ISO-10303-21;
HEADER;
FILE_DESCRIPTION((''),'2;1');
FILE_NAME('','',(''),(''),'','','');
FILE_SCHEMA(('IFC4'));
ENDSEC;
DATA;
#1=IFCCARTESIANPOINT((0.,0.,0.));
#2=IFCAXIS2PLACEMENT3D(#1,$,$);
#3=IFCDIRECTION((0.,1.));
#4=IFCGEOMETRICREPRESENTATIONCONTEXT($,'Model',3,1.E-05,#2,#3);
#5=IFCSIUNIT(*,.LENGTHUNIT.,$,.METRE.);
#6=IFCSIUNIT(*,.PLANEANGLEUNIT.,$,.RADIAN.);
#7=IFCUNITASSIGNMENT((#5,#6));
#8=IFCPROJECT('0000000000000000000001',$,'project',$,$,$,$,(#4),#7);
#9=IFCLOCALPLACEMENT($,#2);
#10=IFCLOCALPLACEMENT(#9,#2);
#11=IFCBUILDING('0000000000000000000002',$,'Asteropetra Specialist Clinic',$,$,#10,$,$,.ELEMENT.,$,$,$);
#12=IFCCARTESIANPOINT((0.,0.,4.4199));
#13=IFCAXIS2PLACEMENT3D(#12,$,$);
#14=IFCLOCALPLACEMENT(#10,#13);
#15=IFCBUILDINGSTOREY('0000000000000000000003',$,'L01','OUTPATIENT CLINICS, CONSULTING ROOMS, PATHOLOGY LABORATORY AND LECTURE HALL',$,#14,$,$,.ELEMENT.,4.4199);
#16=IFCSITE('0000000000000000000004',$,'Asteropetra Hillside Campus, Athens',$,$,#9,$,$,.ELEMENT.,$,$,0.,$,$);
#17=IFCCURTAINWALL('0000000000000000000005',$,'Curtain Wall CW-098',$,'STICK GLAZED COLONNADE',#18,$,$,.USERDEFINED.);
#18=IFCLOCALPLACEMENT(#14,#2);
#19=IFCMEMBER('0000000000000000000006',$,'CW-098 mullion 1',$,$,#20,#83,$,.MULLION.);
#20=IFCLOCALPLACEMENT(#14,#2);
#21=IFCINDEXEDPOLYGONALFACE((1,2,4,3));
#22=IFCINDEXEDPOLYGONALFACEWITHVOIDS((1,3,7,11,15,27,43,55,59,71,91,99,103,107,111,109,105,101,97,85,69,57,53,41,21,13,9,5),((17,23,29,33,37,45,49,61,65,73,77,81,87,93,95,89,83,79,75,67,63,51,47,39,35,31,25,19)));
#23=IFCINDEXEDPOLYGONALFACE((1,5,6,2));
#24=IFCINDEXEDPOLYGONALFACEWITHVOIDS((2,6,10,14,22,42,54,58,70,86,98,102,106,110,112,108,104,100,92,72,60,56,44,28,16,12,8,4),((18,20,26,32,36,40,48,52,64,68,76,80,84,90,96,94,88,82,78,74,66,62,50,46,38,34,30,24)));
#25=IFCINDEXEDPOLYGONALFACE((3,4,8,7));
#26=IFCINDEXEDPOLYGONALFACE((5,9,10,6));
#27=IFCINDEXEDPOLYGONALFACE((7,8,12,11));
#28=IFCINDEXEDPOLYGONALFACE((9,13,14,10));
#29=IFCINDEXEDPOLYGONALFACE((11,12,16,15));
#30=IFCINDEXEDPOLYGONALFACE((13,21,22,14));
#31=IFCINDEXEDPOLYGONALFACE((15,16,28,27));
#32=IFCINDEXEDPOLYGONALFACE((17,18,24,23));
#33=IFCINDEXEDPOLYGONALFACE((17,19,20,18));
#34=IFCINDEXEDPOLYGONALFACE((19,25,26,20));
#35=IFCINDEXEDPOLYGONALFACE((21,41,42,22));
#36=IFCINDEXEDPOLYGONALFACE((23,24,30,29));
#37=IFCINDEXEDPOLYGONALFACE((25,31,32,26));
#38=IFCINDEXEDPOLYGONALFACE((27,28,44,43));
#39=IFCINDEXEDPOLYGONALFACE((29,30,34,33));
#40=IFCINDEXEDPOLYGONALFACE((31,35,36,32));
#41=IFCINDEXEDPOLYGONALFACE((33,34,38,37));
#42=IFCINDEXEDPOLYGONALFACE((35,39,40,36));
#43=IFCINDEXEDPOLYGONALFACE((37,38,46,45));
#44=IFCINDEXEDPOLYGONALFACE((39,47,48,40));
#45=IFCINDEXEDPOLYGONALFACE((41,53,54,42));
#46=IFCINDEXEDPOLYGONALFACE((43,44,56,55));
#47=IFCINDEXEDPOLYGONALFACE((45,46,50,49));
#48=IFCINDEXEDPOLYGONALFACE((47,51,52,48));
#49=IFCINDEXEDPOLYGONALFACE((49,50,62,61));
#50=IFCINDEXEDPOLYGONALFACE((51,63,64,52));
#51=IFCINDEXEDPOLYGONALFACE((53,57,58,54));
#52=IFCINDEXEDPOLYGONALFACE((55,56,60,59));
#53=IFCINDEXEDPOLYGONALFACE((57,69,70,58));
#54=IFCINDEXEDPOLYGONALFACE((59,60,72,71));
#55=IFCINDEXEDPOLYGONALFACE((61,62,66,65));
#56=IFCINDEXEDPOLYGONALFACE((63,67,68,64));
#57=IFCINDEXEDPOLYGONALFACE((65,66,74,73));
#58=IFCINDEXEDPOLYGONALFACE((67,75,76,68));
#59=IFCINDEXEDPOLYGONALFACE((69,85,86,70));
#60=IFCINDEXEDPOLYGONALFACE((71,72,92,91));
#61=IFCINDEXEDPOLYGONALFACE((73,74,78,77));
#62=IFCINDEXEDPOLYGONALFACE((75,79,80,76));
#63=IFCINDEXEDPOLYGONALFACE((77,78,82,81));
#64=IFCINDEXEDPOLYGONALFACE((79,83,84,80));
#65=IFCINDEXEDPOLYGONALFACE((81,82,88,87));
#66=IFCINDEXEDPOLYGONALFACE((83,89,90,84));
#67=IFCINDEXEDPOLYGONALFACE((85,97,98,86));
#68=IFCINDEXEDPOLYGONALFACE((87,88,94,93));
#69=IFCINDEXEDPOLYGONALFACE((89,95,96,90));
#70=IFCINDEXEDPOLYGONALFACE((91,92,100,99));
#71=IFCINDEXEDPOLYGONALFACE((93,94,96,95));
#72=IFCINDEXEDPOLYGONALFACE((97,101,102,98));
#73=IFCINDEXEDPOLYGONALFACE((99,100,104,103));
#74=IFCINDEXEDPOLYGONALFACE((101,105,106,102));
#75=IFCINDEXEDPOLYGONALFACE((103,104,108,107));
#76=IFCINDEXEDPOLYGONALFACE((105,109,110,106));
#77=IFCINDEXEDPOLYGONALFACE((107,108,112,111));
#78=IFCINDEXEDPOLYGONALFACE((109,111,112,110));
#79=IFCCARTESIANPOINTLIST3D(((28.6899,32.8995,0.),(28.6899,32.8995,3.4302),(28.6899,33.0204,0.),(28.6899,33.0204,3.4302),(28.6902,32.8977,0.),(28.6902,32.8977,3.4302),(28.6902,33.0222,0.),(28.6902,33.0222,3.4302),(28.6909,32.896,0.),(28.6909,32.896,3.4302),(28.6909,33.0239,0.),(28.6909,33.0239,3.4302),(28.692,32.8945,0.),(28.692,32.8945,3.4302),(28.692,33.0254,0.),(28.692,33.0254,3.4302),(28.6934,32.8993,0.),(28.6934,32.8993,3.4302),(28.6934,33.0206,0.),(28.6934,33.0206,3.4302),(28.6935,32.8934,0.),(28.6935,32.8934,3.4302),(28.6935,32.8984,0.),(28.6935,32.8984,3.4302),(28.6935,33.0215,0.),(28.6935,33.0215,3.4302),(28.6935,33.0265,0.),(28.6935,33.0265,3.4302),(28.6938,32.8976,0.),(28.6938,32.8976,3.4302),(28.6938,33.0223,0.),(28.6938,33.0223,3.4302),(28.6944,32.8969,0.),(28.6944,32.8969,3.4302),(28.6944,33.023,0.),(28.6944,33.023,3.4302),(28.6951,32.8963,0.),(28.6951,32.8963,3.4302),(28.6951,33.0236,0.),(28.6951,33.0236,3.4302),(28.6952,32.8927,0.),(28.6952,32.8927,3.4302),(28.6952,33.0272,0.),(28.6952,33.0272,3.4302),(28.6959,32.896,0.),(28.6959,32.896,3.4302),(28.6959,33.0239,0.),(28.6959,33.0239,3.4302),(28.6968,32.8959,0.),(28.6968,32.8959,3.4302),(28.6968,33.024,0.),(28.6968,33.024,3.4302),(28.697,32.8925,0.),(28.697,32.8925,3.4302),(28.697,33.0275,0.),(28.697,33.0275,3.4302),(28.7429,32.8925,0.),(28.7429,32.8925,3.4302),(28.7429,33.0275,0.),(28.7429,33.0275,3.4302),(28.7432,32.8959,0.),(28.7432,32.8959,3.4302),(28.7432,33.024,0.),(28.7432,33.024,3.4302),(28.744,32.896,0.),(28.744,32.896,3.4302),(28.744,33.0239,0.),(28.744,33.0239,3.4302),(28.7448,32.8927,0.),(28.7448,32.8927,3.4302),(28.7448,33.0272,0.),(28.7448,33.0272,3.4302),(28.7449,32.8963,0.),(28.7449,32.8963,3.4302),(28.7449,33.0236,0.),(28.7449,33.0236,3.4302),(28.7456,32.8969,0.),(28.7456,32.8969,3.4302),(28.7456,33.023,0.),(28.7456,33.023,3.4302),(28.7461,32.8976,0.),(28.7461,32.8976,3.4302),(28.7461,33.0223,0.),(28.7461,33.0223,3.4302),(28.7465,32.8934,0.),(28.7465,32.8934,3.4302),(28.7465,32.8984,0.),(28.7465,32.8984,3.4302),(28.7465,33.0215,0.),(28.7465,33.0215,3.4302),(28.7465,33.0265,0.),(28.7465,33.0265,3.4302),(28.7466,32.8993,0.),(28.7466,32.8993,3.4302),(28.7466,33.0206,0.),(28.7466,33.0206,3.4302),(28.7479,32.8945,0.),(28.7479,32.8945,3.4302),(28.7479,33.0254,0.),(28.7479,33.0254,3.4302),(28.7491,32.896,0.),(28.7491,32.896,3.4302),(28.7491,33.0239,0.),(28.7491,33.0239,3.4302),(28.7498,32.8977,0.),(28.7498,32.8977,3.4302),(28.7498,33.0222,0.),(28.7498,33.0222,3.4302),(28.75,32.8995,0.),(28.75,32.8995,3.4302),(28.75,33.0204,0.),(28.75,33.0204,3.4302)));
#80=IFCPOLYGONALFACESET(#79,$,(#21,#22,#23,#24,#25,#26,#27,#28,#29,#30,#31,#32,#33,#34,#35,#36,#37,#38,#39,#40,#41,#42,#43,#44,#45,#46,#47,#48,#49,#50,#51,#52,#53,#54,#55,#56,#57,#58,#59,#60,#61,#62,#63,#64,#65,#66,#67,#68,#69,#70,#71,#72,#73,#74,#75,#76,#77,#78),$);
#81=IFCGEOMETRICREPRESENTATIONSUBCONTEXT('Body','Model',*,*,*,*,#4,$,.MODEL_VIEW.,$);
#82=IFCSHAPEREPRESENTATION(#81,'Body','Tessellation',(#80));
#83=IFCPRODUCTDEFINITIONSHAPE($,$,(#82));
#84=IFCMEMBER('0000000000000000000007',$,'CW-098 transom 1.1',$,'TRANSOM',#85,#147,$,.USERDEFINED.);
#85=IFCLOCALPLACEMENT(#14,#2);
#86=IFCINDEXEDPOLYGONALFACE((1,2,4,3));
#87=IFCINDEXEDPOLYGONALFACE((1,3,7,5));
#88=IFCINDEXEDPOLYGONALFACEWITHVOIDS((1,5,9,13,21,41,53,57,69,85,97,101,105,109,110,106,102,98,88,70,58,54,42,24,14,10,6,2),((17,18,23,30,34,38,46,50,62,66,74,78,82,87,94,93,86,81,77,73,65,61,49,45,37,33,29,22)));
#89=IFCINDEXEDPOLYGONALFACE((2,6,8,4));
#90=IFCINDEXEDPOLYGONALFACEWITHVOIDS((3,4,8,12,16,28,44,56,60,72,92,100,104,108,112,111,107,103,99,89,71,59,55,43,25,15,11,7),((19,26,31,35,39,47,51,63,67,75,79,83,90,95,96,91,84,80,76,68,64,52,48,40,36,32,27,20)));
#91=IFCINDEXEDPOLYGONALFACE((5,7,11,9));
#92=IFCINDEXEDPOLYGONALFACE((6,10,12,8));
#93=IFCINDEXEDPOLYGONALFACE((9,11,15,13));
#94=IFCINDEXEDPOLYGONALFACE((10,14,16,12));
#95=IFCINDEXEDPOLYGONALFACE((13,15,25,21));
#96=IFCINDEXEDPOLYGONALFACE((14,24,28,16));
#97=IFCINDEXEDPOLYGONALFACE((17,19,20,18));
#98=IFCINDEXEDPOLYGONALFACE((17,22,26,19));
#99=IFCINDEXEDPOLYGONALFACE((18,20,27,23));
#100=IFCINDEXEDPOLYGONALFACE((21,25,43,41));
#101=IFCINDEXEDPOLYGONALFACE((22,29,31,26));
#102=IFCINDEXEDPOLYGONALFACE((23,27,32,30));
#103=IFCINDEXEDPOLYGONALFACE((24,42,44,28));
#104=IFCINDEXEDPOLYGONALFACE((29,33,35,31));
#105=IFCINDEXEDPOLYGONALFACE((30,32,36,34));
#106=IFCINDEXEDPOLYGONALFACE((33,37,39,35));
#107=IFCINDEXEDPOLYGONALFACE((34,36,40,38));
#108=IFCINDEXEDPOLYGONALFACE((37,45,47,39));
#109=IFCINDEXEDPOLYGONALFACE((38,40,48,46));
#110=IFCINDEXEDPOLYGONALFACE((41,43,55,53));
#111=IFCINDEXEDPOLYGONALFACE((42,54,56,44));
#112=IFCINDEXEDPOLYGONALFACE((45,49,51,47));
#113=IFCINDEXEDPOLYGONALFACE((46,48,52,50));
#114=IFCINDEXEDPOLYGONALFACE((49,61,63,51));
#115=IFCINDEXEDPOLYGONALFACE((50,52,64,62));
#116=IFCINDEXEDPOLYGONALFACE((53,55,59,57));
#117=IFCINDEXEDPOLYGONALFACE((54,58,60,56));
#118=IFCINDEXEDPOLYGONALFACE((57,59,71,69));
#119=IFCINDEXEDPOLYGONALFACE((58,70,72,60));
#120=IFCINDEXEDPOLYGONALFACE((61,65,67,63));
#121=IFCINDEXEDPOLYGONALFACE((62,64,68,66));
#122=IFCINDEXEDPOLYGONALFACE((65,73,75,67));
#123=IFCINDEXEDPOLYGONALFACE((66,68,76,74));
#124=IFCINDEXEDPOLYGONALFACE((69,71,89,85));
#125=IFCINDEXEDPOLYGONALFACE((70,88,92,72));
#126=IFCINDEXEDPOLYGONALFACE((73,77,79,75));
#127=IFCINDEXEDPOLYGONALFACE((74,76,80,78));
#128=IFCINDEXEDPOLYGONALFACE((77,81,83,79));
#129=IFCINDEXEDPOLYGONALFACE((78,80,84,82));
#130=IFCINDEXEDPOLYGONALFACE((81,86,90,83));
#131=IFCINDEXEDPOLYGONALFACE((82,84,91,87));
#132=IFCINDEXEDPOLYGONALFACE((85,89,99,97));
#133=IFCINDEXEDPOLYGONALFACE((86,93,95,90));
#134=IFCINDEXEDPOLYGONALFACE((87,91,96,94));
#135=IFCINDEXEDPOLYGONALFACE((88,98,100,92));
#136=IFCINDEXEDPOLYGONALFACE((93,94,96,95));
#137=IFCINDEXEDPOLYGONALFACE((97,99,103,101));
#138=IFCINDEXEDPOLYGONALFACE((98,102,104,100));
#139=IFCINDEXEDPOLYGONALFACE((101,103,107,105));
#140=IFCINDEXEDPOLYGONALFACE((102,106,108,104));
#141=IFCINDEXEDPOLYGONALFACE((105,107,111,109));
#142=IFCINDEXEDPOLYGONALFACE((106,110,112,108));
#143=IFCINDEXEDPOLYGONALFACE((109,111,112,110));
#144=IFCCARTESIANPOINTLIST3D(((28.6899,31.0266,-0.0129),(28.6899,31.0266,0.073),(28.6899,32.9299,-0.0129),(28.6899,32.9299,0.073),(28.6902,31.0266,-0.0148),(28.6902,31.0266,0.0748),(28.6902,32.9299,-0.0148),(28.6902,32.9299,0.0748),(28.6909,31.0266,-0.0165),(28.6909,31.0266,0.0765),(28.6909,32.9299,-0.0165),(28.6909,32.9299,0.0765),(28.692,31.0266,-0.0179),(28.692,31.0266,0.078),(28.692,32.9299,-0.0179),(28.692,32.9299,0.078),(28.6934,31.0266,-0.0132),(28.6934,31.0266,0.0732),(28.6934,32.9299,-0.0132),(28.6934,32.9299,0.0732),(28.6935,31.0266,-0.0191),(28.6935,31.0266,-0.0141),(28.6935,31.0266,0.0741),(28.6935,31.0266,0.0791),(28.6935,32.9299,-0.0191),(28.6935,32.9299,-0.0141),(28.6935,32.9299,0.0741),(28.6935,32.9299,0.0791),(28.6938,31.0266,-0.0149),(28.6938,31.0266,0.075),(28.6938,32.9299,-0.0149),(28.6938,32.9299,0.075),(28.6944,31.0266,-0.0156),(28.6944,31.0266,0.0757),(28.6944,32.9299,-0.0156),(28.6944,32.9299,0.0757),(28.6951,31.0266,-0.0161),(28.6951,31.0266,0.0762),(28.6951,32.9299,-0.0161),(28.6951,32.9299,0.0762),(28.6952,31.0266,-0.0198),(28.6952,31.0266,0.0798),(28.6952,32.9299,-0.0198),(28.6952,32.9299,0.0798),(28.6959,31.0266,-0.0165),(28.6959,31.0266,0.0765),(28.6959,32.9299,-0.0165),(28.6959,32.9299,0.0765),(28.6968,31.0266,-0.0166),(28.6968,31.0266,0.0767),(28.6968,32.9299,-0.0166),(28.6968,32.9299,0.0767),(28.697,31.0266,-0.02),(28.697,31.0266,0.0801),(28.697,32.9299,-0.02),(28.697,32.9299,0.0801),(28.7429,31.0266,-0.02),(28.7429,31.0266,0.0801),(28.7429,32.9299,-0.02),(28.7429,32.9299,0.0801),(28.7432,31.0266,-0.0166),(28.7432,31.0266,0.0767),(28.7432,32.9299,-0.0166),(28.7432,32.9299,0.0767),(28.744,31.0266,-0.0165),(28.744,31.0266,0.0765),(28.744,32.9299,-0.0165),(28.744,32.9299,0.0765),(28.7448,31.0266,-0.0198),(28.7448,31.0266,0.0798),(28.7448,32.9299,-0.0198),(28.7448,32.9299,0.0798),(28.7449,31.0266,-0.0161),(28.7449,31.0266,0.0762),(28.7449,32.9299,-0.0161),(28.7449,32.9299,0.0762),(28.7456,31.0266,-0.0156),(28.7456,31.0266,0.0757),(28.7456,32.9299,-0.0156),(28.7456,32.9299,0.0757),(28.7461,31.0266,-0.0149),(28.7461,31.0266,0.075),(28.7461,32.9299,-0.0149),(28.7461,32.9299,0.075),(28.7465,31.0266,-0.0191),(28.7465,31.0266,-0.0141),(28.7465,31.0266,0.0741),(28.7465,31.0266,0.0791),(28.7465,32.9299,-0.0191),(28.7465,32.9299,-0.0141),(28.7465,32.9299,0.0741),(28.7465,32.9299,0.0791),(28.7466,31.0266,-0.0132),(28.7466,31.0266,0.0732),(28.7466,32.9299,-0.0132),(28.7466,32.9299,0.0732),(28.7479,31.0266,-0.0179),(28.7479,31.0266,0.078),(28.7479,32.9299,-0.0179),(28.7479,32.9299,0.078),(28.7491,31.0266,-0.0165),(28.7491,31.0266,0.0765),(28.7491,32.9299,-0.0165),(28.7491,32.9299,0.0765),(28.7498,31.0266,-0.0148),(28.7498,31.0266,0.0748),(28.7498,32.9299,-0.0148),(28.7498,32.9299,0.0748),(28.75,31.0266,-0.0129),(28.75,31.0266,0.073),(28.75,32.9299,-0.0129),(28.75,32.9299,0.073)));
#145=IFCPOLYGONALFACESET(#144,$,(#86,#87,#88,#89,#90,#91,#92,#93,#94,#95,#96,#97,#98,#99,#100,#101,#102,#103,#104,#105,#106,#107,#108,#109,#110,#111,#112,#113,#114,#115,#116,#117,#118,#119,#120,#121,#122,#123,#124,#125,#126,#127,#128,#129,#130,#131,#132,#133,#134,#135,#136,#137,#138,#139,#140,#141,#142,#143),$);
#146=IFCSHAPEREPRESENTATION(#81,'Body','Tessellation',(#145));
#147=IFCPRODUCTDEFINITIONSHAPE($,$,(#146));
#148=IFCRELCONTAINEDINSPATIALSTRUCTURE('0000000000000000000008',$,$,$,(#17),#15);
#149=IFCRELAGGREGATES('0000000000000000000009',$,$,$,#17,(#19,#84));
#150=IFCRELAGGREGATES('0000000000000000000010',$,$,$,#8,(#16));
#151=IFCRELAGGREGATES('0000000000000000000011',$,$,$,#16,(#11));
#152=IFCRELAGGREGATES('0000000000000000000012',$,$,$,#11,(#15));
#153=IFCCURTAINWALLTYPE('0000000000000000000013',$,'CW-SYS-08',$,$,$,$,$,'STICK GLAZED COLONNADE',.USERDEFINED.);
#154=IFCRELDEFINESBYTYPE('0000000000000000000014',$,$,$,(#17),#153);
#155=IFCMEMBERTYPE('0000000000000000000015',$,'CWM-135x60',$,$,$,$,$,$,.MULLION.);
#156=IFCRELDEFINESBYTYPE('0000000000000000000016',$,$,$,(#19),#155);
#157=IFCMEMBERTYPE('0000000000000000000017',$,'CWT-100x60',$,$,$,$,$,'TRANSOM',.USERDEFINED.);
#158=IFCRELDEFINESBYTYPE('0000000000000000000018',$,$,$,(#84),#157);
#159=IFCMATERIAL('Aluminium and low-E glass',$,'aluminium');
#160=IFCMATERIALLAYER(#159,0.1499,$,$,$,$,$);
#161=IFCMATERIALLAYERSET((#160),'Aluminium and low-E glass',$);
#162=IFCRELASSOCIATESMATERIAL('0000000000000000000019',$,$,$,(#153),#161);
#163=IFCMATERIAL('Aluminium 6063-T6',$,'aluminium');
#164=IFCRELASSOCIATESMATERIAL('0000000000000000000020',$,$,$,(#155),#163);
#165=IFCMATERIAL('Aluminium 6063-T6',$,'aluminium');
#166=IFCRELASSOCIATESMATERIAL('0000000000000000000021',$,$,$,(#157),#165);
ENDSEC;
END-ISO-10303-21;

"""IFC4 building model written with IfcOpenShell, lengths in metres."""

from ifc_helpers import new_model, si_unit, direction, frame, origin, origin_2d, place, context, subcontext, project, spatial, hollow_rectangle, extrude, material, layer, layer_set, material_profile, profile_set, type_object, element, aggregate, save


model = new_model("IFC4")

# Units and contexts
model_context = context("Model", 3, precision=1e-05, world=origin(), true_north=direction((0.0, 1.0)))
body_context = subcontext(model_context, "Body", "Model", "MODEL_VIEW")
ifc_project = project(units=[si_unit("LENGTHUNIT", "METRE"), si_unit("PLANEANGLEUNIT", "RADIAN")], contexts=[model_context])

# Site, building, storey
site_placement = place(None, origin())
site = spatial("IfcSite", under=ifc_project, at=site_placement, Name="Asteropetra Hillside Campus, Athens", CompositionType="ELEMENT", RefElevation=0.0)
building_placement = place(site_placement, origin())
building = spatial("IfcBuilding", under=site, at=building_placement, Name="Asteropetra Specialist Clinic", CompositionType="ELEMENT")
storey_placement = place(building_placement, frame((0.0, 0.0, 4.4199)))
storey = spatial("IfcBuildingStorey", under=building, at=storey_placement, Name="L01", Description="OUTPATIENT CLINICS, CONSULTING ROOMS, PATHOLOGY LABORATORY AND LECTURE HALL", CompositionType="ELEMENT", Elevation=4.4199)

# Curtain wall, members
ifc_material_1 = material(Name="Aluminium and low-E glass", Category="aluminium")
ifc_layer_1 = layer(ifc_material_1, 0.1499)
ifc_layer_set_1 = layer_set([ifc_layer_1], Name="Aluminium and low-E glass")
curtain_wall_type = type_object("IfcCurtainWallType", Name="CW-SYS-08", ElementType="STICK GLAZED COLONNADE", PredefinedType="USERDEFINED", material=ifc_layer_set_1)
curtain_wall_placement = place(storey_placement, origin())
curtain_wall = element("IfcCurtainWall", 1, at=curtain_wall_placement, inside=storey, type_object=curtain_wall_type, Name="Curtain Wall CW-098", ObjectType="STICK GLAZED COLONNADE", PredefinedType="USERDEFINED")
ifc_material_2 = material(Name="Aluminium 6063-T6", Category="aluminium")
ifc_material_profile_1 = material_profile(ifc_material_2, hollow_rectangle(XDim=0.0601, YDim=0.135, WallThickness=0.0034, InnerFilletRadius=0.0034, OuterFilletRadius=0.0071, at=origin_2d()), Name="MUL 135x60x3.5")
ifc_profile_set_1 = profile_set([ifc_material_profile_1], Name="Aluminium 6063-T6")
member_type_1 = type_object("IfcMemberType", Name="CWM-135x60", PredefinedType="MULLION", material=ifc_profile_set_1)
member_1_placement = place(storey_placement, frame((28.72, 32.96, 0.0), z_axis=(0.0, 0.0, 1.0), x_axis=(1.0, 0.0, 0.0)))
member_1 = element("IfcMember", 2, at=member_1_placement, type_object=member_type_1, Name="CW-098 mullion 1", PredefinedType="MULLION", context=body_context, shape_type="SweptSolid", body=[
    extrude(hollow_rectangle(XDim=0.0601, YDim=0.135, WallThickness=0.0034, InnerFilletRadius=0.0034, OuterFilletRadius=0.0071, at=origin_2d()), origin(), (0.0, 0.0, 1.0), 3.4302),
])
ifc_material_3 = material(Name="Aluminium 6063-T6", Category="aluminium")
ifc_material_profile_2 = material_profile(ifc_material_3, hollow_rectangle(XDim=0.0601, YDim=0.1001, WallThickness=0.0034, InnerFilletRadius=0.0034, OuterFilletRadius=0.0071, at=origin_2d()), Name="TRN 100x60x3.5")
ifc_profile_set_2 = profile_set([ifc_material_profile_2], Name="Aluminium 6063-T6")
member_type_2 = type_object("IfcMemberType", Name="CWT-100x60", ElementType="TRANSOM", PredefinedType="USERDEFINED", material=ifc_profile_set_2)
member_2_placement = place(storey_placement, frame((28.72, 32.9299, 0.03), z_axis=(0.0, -1.0, 0.0), x_axis=(1.0, 0.0, 0.0)))
member_2 = element("IfcMember", 3, at=member_2_placement, type_object=member_type_2, Name="CW-098 transom 1.1", ObjectType="TRANSOM", PredefinedType="USERDEFINED", context=body_context, shape_type="SweptSolid", body=[
    extrude(hollow_rectangle(XDim=0.0601, YDim=0.1001, WallThickness=0.0034, InnerFilletRadius=0.0034, OuterFilletRadius=0.0071, at=origin_2d()), origin(), (0.0, 0.0, 1.0), 1.9033),
])

aggregate(curtain_wall, [member_1, member_2])

save(model, "model.ifc")
